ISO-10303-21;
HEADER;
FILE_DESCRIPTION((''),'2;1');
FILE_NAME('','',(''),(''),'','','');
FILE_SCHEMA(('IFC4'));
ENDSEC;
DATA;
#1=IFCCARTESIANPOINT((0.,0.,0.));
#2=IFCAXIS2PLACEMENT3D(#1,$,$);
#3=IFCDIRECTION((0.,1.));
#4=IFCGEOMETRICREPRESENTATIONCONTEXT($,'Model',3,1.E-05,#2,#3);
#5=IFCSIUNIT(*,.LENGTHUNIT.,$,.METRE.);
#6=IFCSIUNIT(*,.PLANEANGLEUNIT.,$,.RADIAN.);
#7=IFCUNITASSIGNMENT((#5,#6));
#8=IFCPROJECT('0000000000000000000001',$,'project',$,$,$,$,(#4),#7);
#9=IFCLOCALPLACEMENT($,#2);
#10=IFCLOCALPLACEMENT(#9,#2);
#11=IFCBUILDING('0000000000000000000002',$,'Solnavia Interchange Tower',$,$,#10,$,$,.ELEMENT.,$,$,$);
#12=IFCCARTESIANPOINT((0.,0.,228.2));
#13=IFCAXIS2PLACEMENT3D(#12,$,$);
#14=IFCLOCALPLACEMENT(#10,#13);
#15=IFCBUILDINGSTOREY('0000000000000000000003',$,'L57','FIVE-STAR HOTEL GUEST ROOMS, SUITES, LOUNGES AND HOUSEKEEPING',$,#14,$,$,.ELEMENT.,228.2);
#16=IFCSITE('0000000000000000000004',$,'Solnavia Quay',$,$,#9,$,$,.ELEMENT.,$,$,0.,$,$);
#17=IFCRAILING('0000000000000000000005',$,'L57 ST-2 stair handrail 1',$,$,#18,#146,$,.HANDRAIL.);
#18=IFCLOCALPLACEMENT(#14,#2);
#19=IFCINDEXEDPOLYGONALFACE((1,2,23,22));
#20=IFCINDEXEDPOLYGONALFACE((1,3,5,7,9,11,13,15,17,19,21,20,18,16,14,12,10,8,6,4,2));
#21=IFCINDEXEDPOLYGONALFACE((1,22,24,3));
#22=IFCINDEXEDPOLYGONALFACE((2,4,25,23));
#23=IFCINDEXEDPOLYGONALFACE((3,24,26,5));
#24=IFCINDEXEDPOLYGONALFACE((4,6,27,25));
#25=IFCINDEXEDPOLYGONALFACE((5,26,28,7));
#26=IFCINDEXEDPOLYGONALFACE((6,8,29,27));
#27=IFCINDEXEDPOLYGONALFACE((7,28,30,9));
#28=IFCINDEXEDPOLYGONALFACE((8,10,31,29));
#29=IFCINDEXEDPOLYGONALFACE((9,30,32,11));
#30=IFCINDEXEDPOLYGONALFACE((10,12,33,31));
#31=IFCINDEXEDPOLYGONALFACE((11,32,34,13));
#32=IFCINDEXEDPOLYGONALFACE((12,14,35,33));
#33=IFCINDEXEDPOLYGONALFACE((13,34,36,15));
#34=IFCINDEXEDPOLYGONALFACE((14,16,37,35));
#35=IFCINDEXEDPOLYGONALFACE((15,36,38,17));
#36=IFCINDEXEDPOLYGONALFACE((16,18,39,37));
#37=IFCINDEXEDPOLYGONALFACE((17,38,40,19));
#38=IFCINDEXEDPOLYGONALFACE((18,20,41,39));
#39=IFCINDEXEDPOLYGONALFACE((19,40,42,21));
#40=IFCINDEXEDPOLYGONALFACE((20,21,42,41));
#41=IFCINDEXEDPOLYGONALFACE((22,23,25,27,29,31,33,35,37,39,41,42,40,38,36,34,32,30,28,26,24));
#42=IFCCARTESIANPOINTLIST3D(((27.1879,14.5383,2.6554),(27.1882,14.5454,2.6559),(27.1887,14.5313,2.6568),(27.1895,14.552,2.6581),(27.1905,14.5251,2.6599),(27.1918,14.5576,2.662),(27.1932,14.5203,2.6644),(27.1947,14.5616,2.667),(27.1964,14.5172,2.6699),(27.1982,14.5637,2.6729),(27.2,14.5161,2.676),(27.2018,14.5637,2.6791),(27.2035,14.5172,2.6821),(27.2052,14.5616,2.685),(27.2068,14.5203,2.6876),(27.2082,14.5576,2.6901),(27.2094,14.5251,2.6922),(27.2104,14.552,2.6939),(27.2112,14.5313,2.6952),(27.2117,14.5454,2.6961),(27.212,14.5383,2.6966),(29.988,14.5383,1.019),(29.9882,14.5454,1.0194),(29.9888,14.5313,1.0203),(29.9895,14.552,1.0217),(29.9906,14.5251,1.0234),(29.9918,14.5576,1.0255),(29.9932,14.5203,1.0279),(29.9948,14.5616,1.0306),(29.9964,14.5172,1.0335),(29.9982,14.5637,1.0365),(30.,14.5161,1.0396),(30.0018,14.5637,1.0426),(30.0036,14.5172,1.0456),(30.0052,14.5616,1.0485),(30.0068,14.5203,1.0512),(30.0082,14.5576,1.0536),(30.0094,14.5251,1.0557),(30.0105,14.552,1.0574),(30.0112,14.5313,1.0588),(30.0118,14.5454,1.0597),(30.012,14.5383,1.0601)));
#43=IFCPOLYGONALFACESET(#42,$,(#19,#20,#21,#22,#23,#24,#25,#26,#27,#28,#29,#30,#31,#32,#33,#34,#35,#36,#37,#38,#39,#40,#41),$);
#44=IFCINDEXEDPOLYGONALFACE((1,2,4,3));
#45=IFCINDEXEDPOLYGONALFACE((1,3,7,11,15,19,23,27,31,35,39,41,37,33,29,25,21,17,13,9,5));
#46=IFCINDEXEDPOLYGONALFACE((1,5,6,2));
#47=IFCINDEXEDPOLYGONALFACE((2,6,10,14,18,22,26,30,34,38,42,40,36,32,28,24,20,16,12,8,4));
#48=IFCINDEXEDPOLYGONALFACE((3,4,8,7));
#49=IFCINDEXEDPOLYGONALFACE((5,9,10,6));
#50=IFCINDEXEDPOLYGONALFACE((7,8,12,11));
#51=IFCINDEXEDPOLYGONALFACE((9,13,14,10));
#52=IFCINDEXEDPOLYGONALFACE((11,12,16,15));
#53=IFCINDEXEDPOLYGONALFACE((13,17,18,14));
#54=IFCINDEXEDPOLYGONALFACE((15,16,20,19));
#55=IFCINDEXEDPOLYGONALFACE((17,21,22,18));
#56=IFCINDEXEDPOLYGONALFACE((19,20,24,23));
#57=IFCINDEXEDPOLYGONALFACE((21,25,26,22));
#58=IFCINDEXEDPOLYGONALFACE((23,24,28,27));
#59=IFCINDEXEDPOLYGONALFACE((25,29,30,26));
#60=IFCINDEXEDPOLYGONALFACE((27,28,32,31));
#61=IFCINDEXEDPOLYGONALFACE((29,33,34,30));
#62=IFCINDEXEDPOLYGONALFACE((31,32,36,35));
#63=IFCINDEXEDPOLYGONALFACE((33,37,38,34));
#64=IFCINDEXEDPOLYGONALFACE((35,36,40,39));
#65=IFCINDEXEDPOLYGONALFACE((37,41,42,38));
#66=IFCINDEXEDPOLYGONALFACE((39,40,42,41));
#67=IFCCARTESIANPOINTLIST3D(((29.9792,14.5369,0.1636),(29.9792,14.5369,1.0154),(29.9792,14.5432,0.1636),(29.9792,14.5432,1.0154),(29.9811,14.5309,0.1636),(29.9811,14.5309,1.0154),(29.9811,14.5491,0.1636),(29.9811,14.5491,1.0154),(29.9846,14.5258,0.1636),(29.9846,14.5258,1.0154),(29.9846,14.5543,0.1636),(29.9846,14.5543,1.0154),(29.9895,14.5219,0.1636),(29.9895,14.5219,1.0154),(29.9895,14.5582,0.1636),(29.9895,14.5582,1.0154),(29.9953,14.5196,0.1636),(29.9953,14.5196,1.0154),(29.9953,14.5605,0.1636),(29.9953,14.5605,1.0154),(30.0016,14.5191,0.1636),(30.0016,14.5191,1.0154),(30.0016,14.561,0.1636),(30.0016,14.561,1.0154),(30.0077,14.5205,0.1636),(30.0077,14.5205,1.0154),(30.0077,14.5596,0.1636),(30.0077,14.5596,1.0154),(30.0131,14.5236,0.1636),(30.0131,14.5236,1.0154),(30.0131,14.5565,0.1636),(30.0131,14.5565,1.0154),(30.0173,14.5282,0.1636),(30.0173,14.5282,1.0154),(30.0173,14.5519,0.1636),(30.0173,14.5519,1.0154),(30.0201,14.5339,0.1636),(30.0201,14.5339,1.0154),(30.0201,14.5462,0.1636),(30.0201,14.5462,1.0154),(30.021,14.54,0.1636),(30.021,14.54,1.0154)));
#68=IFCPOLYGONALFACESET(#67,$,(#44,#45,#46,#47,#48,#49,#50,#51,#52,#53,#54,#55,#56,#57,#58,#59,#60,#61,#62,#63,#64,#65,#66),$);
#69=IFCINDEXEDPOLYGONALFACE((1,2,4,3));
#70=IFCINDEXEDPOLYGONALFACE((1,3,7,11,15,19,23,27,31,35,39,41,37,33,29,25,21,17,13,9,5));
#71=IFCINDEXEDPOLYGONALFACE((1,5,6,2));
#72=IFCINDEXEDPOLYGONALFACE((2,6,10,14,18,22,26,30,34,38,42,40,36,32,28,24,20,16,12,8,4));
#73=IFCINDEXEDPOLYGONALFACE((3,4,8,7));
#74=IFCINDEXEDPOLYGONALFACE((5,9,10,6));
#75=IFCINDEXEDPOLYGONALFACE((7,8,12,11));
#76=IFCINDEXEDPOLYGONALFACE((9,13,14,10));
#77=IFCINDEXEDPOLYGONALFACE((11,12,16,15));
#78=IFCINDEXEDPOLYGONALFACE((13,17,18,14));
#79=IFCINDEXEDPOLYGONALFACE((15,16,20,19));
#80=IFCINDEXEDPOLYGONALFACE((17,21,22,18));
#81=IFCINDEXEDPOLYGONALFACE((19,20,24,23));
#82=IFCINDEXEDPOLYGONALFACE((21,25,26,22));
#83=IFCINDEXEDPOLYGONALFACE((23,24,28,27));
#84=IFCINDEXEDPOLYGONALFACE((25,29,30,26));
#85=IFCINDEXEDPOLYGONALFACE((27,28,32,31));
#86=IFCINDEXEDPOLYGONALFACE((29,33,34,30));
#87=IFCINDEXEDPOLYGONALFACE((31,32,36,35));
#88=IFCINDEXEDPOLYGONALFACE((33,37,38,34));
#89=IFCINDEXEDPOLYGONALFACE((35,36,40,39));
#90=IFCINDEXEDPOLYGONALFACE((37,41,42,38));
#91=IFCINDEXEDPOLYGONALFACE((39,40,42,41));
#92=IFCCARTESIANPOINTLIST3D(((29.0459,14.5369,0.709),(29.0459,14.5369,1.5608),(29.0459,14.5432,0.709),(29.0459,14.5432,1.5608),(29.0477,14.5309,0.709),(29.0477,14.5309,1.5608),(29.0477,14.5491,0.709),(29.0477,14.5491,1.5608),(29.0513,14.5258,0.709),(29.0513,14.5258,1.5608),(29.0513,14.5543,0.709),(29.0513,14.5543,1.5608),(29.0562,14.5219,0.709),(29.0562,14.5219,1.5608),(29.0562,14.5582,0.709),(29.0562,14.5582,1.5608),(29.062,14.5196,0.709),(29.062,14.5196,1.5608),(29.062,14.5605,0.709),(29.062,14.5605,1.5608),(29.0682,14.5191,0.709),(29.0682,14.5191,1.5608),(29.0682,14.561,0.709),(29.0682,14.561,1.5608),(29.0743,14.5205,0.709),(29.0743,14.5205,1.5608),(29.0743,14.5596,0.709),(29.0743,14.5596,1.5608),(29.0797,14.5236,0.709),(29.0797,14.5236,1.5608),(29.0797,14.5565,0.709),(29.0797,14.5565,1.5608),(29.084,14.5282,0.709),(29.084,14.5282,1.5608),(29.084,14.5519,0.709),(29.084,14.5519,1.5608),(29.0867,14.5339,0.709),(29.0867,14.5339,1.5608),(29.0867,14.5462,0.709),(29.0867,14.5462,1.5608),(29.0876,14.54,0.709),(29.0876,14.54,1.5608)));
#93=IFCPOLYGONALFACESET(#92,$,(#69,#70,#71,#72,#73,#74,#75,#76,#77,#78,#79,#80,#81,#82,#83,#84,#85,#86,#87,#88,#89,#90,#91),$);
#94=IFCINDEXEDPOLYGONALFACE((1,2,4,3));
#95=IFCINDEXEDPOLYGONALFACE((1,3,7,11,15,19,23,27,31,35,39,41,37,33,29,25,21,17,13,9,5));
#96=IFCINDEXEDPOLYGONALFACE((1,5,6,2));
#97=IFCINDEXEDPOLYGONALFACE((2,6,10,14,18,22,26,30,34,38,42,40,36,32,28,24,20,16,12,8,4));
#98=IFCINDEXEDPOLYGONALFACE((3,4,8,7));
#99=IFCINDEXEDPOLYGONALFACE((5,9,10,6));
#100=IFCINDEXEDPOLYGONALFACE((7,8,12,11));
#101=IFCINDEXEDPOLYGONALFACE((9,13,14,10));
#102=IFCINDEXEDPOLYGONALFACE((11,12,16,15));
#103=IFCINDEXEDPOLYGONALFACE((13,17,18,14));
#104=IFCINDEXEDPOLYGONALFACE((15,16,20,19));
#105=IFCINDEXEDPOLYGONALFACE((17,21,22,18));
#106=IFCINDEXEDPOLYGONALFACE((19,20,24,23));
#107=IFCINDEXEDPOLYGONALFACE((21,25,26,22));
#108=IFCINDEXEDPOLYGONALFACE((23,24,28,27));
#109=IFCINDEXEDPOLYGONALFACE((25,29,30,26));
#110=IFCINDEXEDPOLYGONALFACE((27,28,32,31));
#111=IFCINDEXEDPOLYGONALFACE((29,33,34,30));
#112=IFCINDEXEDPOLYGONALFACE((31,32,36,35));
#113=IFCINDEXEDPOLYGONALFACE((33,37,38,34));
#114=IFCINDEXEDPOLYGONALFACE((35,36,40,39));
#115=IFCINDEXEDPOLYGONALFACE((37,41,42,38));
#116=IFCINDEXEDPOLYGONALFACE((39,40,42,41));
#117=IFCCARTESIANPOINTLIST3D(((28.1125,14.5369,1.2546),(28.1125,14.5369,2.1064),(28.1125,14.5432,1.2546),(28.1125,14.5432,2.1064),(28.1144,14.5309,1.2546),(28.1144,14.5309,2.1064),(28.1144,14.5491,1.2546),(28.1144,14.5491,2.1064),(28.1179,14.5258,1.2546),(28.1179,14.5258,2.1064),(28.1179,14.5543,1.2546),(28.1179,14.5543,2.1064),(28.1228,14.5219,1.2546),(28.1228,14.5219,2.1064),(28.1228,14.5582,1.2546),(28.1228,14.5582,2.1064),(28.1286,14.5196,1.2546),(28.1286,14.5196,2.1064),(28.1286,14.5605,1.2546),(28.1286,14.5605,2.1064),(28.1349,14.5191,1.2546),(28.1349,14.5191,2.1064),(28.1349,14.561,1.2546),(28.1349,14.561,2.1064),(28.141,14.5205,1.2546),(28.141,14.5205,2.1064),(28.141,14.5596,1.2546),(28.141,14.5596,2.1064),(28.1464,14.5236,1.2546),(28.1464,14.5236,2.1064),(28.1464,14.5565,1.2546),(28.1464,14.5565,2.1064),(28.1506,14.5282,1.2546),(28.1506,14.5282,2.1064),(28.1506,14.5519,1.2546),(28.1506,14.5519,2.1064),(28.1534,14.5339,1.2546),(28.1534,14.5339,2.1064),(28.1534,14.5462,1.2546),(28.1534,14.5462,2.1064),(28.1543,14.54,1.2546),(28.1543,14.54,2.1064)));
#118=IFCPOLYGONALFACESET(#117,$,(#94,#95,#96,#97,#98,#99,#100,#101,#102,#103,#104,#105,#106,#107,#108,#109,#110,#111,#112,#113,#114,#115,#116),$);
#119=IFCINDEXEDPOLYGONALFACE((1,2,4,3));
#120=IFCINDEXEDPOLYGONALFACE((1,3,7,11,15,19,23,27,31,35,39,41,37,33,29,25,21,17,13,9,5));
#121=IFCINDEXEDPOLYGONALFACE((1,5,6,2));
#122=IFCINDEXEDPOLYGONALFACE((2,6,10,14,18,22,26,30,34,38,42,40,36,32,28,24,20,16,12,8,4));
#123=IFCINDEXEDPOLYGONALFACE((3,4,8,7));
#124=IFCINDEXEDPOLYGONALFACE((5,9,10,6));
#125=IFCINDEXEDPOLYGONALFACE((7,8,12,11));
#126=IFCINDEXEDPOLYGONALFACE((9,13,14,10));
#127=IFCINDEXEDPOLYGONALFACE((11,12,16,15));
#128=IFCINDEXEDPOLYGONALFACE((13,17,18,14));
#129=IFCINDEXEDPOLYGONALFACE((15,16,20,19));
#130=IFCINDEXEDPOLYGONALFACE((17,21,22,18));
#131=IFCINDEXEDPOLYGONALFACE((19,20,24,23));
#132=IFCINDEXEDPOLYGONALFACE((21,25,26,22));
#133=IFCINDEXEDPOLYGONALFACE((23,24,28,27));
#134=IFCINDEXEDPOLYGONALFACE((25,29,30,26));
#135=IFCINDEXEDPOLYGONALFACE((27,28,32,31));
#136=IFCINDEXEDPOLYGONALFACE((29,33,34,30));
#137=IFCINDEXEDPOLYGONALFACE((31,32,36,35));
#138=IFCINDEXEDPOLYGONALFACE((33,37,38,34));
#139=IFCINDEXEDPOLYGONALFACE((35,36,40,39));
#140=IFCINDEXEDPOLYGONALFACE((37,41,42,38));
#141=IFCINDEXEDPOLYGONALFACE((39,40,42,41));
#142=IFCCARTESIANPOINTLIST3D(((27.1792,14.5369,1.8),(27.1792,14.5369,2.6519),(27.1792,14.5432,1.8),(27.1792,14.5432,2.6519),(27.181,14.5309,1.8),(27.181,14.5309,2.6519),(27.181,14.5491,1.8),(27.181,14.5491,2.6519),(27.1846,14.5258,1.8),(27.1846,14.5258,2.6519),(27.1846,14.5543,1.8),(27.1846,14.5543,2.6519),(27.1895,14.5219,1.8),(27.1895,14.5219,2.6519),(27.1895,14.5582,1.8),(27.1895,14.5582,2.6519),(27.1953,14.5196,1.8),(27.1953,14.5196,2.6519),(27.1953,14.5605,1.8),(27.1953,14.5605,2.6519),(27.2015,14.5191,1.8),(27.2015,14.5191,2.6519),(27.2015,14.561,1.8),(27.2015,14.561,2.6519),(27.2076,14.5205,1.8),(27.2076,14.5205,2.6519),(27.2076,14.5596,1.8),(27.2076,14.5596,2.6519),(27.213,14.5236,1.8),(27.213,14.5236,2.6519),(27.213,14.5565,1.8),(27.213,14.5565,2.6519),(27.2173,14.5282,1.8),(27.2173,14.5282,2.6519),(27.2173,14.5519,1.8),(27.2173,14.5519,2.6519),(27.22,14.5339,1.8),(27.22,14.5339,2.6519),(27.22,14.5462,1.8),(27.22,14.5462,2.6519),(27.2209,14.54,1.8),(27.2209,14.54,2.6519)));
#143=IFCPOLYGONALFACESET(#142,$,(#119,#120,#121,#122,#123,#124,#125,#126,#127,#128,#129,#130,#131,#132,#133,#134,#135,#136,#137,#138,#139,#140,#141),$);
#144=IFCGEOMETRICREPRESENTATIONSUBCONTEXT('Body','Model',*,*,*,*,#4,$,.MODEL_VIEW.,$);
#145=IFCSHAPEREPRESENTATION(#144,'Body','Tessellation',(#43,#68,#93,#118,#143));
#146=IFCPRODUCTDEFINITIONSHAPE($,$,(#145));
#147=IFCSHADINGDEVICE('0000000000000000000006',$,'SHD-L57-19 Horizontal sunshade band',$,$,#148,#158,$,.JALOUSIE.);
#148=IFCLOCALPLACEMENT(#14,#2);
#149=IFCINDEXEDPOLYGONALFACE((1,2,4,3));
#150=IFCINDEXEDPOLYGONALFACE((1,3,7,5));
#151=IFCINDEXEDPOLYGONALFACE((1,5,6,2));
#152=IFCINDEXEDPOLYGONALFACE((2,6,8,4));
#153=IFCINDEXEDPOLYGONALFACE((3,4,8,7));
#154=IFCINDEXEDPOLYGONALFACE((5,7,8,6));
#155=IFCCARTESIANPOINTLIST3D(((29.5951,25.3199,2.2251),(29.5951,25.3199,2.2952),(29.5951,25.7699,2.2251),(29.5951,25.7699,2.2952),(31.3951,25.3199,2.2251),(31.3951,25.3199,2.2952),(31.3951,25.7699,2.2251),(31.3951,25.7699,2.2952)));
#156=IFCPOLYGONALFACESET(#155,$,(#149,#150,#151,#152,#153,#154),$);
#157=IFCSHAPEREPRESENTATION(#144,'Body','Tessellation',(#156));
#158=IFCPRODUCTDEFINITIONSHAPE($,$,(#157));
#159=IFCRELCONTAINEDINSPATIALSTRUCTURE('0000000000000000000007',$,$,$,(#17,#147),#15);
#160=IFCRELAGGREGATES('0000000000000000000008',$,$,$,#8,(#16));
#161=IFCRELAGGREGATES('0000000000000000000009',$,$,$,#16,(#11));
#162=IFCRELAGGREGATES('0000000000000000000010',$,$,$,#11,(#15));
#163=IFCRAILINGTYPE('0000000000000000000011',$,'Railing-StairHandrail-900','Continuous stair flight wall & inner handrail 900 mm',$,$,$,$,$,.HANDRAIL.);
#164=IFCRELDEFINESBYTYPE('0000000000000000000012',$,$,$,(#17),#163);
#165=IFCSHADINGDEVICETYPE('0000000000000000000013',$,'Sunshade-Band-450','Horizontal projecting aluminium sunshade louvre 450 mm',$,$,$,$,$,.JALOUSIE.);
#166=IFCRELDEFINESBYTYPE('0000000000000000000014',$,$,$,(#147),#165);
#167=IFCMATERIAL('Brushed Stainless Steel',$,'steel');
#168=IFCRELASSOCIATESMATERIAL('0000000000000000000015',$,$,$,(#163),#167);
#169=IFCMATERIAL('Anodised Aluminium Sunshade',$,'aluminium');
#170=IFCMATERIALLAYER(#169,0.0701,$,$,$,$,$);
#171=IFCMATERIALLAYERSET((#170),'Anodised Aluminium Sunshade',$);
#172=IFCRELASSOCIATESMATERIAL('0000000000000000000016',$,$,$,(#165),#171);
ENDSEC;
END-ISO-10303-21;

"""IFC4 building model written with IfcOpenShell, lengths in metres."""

from ifc_helpers import new_model, si_unit, direction, frame, origin, origin_2d, place, context, subcontext, project, spatial, rectangle, circle, extrude, material, layer, layer_set, type_object, element, save


model = new_model("IFC4")

# Units and contexts
model_context = context("Model", 3, precision=1e-05, world=origin(), true_north=direction((0.0, 1.0)))
body_context = subcontext(model_context, "Body", "Model", "MODEL_VIEW")
ifc_project = project(units=[si_unit("LENGTHUNIT", "METRE"), si_unit("PLANEANGLEUNIT", "RADIAN")], contexts=[model_context])

# Site, building, storey
site_placement = place(None, origin())
site = spatial("IfcSite", under=ifc_project, at=site_placement, Name="Solnavia Quay", CompositionType="ELEMENT", RefElevation=0.0)
building_placement = place(site_placement, origin())
building = spatial("IfcBuilding", under=site, at=building_placement, Name="Solnavia Interchange Tower", CompositionType="ELEMENT")
storey_placement = place(building_placement, frame((0.0, 0.0, 228.2)))
storey = spatial("IfcBuildingStorey", under=building, at=storey_placement, Name="L57", Description="FIVE-STAR HOTEL GUEST ROOMS, SUITES, LOUNGES AND HOUSEKEEPING", CompositionType="ELEMENT", Elevation=228.2)

# Railing
ifc_material_1 = material(Name="Brushed Stainless Steel", Category="steel")
railing_type = type_object("IfcRailingType", Name="Railing-StairHandrail-900", Description="Continuous stair flight wall & inner handrail 900 mm", PredefinedType="HANDRAIL", material=ifc_material_1)
railing_placement = place(storey_placement, frame((30.0, 14.54, 0.1636)))
element("IfcRailing", 1, at=railing_placement, inside=storey, type_object=railing_type, Name="L57 ST-2 stair handrail 1", PredefinedType="HANDRAIL", context=body_context, shape_type="SweptSolid", body=[
    extrude(circle(Radius=0.0239, at=origin_2d()), frame((0.0, 0.0, 0.876), z_axis=(-0.863361, 0.0, 0.504587), x_axis=(0.0, -1.0, 0.0)), (0.0, 0.0, 1.0), 3.2432),
    extrude(circle(Radius=0.021, at=origin_2d()), origin(), (0.0, 0.0, 1.0), 0.8518),
    extrude(circle(Radius=0.021, at=origin_2d()), frame((-0.9333, 0.0, 0.5454)), (0.0, 0.0, 1.0), 0.8518),
    extrude(circle(Radius=0.021, at=origin_2d()), frame((-1.8667, 0.0, 1.0911)), (0.0, 0.0, 1.0), 0.8518),
    extrude(circle(Radius=0.021, at=origin_2d()), frame((-2.8, 0.0, 1.6365)), (0.0, 0.0, 1.0), 0.8518),
])

# Shading device
ifc_material_2 = material(Name="Anodised Aluminium Sunshade", Category="aluminium")
ifc_layer_1 = layer(ifc_material_2, 0.0701)
ifc_layer_set_1 = layer_set([ifc_layer_1], Name="Anodised Aluminium Sunshade")
shading_device_type = type_object("IfcShadingDeviceType", Name="Sunshade-Band-450", Description="Horizontal projecting aluminium sunshade louvre 450 mm", PredefinedType="JALOUSIE", material=ifc_layer_set_1)
shading_device_placement = place(storey_placement, frame((30.4951, 25.5449, 2.2251), z_axis=(0.0, 0.0, 1.0), x_axis=(1.0, 0.0, 0.0)))
element("IfcShadingDevice", 2, at=shading_device_placement, inside=storey, type_object=shading_device_type, Name="SHD-L57-19 Horizontal sunshade band", PredefinedType="JALOUSIE", context=body_context, shape_type="SweptSolid", body=[
    extrude(rectangle(XDim=1.8, YDim=0.45, at=origin_2d()), origin(), (0.0, 0.0, 1.0), 0.0701),
])

save(model, "model.ifc")
